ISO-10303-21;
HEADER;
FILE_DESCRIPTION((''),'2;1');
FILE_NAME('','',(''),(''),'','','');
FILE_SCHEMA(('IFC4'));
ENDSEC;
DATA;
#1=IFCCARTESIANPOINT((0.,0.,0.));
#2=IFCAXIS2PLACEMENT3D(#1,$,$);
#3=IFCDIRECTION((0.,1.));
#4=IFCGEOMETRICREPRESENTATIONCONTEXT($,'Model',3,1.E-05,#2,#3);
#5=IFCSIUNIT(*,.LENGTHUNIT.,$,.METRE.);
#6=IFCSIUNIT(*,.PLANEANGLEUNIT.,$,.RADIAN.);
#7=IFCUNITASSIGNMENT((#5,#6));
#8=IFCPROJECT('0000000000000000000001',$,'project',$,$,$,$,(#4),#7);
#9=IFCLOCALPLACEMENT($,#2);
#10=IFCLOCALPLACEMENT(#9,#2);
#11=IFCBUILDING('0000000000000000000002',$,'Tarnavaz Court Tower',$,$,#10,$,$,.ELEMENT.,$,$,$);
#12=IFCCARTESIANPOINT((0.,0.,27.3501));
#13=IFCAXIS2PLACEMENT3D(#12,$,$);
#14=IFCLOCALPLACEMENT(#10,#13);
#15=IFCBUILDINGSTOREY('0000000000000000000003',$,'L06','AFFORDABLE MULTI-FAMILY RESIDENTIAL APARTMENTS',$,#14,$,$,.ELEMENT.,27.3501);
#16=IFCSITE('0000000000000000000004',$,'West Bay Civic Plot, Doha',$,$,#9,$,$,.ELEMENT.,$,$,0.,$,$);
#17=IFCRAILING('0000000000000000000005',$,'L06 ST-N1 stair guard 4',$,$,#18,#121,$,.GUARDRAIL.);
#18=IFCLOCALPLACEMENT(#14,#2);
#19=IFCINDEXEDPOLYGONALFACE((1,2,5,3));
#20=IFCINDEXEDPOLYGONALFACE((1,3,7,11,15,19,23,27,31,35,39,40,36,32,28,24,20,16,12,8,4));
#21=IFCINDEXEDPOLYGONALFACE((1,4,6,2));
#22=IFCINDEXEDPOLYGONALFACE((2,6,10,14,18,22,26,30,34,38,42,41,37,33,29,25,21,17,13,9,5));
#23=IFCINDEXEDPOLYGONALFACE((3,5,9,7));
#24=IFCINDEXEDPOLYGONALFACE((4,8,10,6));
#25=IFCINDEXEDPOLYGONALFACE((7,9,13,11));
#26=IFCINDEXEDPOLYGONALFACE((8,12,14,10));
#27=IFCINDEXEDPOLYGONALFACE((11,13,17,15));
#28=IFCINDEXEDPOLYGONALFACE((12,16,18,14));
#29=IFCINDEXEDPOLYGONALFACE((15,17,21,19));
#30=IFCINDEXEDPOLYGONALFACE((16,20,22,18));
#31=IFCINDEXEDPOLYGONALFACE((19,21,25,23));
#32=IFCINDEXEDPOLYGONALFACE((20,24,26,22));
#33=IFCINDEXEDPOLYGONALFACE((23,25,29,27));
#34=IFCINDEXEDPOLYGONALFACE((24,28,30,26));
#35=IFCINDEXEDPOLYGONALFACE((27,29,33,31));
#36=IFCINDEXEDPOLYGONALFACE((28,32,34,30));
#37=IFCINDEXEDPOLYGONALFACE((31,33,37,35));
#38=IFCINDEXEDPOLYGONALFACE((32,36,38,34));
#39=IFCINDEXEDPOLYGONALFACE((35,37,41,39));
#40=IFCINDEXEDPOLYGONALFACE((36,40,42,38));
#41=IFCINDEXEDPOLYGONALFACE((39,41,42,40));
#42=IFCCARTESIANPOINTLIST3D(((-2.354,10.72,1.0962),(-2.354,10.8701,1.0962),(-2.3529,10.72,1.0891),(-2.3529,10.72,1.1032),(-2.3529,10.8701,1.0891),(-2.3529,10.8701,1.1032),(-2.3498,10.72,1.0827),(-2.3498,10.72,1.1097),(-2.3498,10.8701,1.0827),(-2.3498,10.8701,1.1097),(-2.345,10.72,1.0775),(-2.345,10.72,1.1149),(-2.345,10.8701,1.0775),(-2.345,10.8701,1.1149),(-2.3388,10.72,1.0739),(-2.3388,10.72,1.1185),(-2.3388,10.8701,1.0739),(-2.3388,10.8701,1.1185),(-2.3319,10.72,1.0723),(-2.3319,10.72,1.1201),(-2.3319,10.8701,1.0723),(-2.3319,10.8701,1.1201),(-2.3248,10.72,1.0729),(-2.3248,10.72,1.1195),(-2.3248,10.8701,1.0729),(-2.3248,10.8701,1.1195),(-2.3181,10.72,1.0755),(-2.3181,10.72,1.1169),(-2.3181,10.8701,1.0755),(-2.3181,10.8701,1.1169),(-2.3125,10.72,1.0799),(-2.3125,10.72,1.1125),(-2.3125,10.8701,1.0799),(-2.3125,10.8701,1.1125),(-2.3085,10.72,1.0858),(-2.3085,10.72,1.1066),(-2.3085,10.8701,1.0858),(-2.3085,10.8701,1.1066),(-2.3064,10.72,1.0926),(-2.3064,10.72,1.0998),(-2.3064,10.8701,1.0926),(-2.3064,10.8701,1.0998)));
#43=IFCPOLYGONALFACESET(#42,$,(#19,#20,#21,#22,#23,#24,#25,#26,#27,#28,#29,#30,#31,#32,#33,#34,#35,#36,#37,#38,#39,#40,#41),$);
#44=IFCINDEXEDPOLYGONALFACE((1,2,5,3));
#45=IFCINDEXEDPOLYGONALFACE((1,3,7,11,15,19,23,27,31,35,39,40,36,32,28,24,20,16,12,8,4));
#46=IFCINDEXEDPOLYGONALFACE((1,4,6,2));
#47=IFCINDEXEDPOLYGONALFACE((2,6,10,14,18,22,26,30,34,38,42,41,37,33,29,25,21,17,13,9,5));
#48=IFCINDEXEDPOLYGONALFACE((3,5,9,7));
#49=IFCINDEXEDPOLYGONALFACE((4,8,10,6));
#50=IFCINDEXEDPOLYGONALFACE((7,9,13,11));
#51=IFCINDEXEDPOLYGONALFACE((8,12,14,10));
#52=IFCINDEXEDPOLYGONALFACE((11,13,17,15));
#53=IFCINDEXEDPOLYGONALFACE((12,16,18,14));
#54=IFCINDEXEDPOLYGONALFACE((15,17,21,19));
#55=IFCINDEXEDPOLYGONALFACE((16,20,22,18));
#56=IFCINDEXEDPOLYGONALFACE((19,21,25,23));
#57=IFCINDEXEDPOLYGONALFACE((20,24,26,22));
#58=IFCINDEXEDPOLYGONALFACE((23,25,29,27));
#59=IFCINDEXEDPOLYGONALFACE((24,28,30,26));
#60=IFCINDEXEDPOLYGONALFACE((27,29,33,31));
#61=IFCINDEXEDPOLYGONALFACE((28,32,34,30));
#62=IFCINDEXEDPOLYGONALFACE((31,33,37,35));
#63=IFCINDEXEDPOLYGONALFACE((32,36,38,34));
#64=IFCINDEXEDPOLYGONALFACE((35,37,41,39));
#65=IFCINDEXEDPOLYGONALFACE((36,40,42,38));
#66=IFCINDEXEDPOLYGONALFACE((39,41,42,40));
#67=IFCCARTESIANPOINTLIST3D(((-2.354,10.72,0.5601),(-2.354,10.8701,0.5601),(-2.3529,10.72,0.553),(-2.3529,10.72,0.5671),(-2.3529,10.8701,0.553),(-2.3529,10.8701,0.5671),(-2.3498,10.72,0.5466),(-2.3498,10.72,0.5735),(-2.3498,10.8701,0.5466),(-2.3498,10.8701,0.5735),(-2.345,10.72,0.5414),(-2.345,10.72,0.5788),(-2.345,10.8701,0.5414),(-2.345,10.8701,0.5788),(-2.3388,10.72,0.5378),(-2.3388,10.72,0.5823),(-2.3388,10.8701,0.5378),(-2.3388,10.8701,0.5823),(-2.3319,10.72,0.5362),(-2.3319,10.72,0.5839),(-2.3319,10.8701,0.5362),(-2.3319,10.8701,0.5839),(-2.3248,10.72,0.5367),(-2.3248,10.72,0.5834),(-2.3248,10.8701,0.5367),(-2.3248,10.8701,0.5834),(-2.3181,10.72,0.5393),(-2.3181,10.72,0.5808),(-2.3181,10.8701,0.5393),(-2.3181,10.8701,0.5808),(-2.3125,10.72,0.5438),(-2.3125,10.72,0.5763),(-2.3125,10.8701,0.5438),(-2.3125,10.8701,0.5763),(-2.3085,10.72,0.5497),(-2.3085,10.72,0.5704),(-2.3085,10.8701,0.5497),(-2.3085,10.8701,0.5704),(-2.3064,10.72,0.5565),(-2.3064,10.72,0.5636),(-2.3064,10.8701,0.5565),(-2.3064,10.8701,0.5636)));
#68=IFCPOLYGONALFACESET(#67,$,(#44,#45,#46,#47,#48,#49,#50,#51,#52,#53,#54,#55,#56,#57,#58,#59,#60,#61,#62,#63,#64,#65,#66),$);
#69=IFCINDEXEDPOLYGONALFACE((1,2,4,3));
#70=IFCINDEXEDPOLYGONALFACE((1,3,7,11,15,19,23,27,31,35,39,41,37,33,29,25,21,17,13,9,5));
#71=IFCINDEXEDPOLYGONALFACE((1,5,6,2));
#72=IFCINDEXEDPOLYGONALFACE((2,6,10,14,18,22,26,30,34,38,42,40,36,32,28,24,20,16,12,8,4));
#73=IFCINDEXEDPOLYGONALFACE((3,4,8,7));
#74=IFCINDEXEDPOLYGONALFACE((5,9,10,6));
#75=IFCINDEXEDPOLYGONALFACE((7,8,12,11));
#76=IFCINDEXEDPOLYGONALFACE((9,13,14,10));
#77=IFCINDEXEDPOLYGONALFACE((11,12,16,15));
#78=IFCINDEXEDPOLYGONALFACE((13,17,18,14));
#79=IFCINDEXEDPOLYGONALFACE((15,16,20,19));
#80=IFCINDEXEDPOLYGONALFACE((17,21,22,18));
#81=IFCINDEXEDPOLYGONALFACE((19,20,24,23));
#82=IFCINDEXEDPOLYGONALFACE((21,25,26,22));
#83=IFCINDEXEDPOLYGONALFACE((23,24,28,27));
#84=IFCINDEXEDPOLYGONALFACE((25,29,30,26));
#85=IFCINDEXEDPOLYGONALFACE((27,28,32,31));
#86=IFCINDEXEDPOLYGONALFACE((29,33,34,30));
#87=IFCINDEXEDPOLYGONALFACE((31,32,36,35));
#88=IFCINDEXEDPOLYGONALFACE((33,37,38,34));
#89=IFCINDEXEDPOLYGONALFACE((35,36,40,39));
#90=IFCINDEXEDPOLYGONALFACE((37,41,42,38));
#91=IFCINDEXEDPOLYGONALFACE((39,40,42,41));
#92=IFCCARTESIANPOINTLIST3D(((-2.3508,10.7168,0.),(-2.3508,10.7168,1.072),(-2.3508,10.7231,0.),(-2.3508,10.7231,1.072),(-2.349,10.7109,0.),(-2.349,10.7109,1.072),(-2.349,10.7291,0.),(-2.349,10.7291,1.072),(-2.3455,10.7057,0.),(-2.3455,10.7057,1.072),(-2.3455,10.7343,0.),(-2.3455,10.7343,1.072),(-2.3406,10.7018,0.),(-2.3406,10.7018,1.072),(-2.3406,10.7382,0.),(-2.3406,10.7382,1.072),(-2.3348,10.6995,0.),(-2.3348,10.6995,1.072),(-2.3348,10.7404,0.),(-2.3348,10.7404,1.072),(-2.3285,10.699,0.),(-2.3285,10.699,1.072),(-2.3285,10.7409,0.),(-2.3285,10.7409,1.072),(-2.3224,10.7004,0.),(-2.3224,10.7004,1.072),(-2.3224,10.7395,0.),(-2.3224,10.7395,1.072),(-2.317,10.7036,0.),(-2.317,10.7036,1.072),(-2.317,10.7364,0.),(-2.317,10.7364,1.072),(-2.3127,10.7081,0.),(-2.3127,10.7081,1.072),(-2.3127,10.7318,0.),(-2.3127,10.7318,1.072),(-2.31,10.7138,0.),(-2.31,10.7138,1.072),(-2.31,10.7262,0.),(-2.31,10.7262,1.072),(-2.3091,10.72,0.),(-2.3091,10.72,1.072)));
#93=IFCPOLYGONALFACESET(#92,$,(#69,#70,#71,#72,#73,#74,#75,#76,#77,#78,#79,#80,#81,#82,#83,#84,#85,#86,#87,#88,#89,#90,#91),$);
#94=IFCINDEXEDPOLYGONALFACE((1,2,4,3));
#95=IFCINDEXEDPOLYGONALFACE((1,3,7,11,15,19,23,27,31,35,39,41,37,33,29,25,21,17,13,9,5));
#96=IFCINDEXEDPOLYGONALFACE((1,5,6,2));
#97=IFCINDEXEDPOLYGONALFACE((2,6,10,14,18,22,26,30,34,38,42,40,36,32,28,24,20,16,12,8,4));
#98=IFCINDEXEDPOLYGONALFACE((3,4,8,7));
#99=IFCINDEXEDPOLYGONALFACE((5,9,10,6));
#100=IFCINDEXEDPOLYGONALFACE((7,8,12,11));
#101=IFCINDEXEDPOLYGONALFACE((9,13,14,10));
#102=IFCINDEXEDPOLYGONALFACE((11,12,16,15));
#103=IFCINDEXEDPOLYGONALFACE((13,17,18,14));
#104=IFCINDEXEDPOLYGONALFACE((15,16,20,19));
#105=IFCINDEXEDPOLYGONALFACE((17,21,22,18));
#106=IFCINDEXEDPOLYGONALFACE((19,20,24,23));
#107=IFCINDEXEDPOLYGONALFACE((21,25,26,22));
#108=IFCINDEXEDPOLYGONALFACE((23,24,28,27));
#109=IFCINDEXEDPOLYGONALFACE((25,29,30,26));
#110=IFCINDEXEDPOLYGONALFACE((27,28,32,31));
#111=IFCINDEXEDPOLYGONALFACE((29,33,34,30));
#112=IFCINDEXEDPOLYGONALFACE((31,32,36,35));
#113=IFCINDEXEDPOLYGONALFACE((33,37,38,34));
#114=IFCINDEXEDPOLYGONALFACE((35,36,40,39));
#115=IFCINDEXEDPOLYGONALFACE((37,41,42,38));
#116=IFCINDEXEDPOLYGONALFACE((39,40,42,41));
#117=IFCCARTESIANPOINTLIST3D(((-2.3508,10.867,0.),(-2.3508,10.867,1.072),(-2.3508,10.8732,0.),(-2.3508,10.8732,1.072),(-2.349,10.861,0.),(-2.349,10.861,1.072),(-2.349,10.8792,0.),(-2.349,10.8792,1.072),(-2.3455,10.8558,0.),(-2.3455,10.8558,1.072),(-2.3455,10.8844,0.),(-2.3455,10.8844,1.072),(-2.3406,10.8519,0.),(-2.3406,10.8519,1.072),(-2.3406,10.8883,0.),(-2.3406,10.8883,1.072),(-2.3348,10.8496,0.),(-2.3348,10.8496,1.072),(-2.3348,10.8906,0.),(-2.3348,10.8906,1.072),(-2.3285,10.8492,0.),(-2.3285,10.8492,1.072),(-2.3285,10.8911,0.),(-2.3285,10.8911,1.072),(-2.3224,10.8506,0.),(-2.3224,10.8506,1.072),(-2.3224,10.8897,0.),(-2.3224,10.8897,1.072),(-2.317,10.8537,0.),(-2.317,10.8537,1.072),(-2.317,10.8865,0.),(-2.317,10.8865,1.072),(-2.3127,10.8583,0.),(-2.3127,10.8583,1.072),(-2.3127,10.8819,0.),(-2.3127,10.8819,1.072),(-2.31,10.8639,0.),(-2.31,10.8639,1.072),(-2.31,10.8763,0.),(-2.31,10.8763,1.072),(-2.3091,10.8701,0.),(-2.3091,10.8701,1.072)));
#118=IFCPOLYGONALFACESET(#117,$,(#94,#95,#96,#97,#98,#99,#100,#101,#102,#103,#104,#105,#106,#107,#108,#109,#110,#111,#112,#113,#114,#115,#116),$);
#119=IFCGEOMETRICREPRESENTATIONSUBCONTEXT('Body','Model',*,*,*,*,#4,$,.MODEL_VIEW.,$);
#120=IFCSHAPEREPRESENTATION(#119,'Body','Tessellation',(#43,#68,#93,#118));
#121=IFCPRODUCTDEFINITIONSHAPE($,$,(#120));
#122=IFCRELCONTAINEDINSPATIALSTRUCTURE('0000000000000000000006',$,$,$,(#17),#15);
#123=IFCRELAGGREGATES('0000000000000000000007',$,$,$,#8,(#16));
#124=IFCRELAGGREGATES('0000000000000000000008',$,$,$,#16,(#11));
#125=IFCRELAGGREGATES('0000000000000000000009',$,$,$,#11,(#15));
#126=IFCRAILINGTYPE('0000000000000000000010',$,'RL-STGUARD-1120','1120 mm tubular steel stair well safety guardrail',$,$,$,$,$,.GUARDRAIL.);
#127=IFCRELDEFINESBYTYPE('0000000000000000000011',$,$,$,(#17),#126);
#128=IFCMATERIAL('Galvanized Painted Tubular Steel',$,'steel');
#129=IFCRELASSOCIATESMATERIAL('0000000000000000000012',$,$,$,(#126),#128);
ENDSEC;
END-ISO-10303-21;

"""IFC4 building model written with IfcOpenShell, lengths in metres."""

from ifc_helpers import new_model, si_unit, direction, frame, origin, origin_2d, place, context, subcontext, project, spatial, circle, extrude, material, type_object, element, save


model = new_model("IFC4")

# Units and contexts
model_context = context("Model", 3, precision=1e-05, world=origin(), true_north=direction((0.0, 1.0)))
body_context = subcontext(model_context, "Body", "Model", "MODEL_VIEW")
ifc_project = project(units=[si_unit("LENGTHUNIT", "METRE"), si_unit("PLANEANGLEUNIT", "RADIAN")], contexts=[model_context])

# Site, building, storey
site_placement = place(None, origin())
site = spatial("IfcSite", under=ifc_project, at=site_placement, Name="West Bay Civic Plot, Doha", CompositionType="ELEMENT", RefElevation=0.0)
building_placement = place(site_placement, origin())
building = spatial("IfcBuilding", under=site, at=building_placement, Name="Tarnavaz Court Tower", CompositionType="ELEMENT")
storey_placement = place(building_placement, frame((0.0, 0.0, 27.3501)))
storey = spatial("IfcBuildingStorey", under=building, at=storey_placement, Name="L06", Description="AFFORDABLE MULTI-FAMILY RESIDENTIAL APARTMENTS", CompositionType="ELEMENT", Elevation=27.3501)

# Railing
ifc_material_1 = material(Name="Galvanized Painted Tubular Steel", Category="steel")
railing_type_1 = type_object("IfcRailingType", Name="RL-STGUARD-1120", Description="1120 mm tubular steel stair well safety guardrail", PredefinedType="GUARDRAIL", material=ifc_material_1)
railing_1_placement = place(storey_placement, frame((-2.3301, 10.72, 0.0)))
element("IfcRailing", 1, at=railing_1_placement, inside=storey, type_object=railing_type_1, Name="L06 ST-N1 stair guard 4", PredefinedType="GUARDRAIL", context=body_context, shape_type="SweptSolid", body=[
    extrude(circle(Radius=0.0239, at=origin_2d()), frame((0.0, 0.0, 1.0962), z_axis=(0.0, 1.0, 0.0), x_axis=(-1.0, 0.0, 0.0)), (0.0, 0.0, 1.0), 0.1501),
    extrude(circle(Radius=0.0239, at=origin_2d()), frame((0.0, 0.0, 0.5601), z_axis=(0.0, 1.0, 0.0), x_axis=(-1.0, 0.0, 0.0)), (0.0, 0.0, 1.0), 0.1501),
    extrude(circle(Radius=0.021, at=origin_2d()), origin(), (0.0, 0.0, 1.0), 1.072),
    extrude(circle(Radius=0.021, at=origin_2d()), frame((0.0, 0.1501, 0.0)), (0.0, 0.0, 1.0), 1.072),
])

save(model, "model.ifc")
